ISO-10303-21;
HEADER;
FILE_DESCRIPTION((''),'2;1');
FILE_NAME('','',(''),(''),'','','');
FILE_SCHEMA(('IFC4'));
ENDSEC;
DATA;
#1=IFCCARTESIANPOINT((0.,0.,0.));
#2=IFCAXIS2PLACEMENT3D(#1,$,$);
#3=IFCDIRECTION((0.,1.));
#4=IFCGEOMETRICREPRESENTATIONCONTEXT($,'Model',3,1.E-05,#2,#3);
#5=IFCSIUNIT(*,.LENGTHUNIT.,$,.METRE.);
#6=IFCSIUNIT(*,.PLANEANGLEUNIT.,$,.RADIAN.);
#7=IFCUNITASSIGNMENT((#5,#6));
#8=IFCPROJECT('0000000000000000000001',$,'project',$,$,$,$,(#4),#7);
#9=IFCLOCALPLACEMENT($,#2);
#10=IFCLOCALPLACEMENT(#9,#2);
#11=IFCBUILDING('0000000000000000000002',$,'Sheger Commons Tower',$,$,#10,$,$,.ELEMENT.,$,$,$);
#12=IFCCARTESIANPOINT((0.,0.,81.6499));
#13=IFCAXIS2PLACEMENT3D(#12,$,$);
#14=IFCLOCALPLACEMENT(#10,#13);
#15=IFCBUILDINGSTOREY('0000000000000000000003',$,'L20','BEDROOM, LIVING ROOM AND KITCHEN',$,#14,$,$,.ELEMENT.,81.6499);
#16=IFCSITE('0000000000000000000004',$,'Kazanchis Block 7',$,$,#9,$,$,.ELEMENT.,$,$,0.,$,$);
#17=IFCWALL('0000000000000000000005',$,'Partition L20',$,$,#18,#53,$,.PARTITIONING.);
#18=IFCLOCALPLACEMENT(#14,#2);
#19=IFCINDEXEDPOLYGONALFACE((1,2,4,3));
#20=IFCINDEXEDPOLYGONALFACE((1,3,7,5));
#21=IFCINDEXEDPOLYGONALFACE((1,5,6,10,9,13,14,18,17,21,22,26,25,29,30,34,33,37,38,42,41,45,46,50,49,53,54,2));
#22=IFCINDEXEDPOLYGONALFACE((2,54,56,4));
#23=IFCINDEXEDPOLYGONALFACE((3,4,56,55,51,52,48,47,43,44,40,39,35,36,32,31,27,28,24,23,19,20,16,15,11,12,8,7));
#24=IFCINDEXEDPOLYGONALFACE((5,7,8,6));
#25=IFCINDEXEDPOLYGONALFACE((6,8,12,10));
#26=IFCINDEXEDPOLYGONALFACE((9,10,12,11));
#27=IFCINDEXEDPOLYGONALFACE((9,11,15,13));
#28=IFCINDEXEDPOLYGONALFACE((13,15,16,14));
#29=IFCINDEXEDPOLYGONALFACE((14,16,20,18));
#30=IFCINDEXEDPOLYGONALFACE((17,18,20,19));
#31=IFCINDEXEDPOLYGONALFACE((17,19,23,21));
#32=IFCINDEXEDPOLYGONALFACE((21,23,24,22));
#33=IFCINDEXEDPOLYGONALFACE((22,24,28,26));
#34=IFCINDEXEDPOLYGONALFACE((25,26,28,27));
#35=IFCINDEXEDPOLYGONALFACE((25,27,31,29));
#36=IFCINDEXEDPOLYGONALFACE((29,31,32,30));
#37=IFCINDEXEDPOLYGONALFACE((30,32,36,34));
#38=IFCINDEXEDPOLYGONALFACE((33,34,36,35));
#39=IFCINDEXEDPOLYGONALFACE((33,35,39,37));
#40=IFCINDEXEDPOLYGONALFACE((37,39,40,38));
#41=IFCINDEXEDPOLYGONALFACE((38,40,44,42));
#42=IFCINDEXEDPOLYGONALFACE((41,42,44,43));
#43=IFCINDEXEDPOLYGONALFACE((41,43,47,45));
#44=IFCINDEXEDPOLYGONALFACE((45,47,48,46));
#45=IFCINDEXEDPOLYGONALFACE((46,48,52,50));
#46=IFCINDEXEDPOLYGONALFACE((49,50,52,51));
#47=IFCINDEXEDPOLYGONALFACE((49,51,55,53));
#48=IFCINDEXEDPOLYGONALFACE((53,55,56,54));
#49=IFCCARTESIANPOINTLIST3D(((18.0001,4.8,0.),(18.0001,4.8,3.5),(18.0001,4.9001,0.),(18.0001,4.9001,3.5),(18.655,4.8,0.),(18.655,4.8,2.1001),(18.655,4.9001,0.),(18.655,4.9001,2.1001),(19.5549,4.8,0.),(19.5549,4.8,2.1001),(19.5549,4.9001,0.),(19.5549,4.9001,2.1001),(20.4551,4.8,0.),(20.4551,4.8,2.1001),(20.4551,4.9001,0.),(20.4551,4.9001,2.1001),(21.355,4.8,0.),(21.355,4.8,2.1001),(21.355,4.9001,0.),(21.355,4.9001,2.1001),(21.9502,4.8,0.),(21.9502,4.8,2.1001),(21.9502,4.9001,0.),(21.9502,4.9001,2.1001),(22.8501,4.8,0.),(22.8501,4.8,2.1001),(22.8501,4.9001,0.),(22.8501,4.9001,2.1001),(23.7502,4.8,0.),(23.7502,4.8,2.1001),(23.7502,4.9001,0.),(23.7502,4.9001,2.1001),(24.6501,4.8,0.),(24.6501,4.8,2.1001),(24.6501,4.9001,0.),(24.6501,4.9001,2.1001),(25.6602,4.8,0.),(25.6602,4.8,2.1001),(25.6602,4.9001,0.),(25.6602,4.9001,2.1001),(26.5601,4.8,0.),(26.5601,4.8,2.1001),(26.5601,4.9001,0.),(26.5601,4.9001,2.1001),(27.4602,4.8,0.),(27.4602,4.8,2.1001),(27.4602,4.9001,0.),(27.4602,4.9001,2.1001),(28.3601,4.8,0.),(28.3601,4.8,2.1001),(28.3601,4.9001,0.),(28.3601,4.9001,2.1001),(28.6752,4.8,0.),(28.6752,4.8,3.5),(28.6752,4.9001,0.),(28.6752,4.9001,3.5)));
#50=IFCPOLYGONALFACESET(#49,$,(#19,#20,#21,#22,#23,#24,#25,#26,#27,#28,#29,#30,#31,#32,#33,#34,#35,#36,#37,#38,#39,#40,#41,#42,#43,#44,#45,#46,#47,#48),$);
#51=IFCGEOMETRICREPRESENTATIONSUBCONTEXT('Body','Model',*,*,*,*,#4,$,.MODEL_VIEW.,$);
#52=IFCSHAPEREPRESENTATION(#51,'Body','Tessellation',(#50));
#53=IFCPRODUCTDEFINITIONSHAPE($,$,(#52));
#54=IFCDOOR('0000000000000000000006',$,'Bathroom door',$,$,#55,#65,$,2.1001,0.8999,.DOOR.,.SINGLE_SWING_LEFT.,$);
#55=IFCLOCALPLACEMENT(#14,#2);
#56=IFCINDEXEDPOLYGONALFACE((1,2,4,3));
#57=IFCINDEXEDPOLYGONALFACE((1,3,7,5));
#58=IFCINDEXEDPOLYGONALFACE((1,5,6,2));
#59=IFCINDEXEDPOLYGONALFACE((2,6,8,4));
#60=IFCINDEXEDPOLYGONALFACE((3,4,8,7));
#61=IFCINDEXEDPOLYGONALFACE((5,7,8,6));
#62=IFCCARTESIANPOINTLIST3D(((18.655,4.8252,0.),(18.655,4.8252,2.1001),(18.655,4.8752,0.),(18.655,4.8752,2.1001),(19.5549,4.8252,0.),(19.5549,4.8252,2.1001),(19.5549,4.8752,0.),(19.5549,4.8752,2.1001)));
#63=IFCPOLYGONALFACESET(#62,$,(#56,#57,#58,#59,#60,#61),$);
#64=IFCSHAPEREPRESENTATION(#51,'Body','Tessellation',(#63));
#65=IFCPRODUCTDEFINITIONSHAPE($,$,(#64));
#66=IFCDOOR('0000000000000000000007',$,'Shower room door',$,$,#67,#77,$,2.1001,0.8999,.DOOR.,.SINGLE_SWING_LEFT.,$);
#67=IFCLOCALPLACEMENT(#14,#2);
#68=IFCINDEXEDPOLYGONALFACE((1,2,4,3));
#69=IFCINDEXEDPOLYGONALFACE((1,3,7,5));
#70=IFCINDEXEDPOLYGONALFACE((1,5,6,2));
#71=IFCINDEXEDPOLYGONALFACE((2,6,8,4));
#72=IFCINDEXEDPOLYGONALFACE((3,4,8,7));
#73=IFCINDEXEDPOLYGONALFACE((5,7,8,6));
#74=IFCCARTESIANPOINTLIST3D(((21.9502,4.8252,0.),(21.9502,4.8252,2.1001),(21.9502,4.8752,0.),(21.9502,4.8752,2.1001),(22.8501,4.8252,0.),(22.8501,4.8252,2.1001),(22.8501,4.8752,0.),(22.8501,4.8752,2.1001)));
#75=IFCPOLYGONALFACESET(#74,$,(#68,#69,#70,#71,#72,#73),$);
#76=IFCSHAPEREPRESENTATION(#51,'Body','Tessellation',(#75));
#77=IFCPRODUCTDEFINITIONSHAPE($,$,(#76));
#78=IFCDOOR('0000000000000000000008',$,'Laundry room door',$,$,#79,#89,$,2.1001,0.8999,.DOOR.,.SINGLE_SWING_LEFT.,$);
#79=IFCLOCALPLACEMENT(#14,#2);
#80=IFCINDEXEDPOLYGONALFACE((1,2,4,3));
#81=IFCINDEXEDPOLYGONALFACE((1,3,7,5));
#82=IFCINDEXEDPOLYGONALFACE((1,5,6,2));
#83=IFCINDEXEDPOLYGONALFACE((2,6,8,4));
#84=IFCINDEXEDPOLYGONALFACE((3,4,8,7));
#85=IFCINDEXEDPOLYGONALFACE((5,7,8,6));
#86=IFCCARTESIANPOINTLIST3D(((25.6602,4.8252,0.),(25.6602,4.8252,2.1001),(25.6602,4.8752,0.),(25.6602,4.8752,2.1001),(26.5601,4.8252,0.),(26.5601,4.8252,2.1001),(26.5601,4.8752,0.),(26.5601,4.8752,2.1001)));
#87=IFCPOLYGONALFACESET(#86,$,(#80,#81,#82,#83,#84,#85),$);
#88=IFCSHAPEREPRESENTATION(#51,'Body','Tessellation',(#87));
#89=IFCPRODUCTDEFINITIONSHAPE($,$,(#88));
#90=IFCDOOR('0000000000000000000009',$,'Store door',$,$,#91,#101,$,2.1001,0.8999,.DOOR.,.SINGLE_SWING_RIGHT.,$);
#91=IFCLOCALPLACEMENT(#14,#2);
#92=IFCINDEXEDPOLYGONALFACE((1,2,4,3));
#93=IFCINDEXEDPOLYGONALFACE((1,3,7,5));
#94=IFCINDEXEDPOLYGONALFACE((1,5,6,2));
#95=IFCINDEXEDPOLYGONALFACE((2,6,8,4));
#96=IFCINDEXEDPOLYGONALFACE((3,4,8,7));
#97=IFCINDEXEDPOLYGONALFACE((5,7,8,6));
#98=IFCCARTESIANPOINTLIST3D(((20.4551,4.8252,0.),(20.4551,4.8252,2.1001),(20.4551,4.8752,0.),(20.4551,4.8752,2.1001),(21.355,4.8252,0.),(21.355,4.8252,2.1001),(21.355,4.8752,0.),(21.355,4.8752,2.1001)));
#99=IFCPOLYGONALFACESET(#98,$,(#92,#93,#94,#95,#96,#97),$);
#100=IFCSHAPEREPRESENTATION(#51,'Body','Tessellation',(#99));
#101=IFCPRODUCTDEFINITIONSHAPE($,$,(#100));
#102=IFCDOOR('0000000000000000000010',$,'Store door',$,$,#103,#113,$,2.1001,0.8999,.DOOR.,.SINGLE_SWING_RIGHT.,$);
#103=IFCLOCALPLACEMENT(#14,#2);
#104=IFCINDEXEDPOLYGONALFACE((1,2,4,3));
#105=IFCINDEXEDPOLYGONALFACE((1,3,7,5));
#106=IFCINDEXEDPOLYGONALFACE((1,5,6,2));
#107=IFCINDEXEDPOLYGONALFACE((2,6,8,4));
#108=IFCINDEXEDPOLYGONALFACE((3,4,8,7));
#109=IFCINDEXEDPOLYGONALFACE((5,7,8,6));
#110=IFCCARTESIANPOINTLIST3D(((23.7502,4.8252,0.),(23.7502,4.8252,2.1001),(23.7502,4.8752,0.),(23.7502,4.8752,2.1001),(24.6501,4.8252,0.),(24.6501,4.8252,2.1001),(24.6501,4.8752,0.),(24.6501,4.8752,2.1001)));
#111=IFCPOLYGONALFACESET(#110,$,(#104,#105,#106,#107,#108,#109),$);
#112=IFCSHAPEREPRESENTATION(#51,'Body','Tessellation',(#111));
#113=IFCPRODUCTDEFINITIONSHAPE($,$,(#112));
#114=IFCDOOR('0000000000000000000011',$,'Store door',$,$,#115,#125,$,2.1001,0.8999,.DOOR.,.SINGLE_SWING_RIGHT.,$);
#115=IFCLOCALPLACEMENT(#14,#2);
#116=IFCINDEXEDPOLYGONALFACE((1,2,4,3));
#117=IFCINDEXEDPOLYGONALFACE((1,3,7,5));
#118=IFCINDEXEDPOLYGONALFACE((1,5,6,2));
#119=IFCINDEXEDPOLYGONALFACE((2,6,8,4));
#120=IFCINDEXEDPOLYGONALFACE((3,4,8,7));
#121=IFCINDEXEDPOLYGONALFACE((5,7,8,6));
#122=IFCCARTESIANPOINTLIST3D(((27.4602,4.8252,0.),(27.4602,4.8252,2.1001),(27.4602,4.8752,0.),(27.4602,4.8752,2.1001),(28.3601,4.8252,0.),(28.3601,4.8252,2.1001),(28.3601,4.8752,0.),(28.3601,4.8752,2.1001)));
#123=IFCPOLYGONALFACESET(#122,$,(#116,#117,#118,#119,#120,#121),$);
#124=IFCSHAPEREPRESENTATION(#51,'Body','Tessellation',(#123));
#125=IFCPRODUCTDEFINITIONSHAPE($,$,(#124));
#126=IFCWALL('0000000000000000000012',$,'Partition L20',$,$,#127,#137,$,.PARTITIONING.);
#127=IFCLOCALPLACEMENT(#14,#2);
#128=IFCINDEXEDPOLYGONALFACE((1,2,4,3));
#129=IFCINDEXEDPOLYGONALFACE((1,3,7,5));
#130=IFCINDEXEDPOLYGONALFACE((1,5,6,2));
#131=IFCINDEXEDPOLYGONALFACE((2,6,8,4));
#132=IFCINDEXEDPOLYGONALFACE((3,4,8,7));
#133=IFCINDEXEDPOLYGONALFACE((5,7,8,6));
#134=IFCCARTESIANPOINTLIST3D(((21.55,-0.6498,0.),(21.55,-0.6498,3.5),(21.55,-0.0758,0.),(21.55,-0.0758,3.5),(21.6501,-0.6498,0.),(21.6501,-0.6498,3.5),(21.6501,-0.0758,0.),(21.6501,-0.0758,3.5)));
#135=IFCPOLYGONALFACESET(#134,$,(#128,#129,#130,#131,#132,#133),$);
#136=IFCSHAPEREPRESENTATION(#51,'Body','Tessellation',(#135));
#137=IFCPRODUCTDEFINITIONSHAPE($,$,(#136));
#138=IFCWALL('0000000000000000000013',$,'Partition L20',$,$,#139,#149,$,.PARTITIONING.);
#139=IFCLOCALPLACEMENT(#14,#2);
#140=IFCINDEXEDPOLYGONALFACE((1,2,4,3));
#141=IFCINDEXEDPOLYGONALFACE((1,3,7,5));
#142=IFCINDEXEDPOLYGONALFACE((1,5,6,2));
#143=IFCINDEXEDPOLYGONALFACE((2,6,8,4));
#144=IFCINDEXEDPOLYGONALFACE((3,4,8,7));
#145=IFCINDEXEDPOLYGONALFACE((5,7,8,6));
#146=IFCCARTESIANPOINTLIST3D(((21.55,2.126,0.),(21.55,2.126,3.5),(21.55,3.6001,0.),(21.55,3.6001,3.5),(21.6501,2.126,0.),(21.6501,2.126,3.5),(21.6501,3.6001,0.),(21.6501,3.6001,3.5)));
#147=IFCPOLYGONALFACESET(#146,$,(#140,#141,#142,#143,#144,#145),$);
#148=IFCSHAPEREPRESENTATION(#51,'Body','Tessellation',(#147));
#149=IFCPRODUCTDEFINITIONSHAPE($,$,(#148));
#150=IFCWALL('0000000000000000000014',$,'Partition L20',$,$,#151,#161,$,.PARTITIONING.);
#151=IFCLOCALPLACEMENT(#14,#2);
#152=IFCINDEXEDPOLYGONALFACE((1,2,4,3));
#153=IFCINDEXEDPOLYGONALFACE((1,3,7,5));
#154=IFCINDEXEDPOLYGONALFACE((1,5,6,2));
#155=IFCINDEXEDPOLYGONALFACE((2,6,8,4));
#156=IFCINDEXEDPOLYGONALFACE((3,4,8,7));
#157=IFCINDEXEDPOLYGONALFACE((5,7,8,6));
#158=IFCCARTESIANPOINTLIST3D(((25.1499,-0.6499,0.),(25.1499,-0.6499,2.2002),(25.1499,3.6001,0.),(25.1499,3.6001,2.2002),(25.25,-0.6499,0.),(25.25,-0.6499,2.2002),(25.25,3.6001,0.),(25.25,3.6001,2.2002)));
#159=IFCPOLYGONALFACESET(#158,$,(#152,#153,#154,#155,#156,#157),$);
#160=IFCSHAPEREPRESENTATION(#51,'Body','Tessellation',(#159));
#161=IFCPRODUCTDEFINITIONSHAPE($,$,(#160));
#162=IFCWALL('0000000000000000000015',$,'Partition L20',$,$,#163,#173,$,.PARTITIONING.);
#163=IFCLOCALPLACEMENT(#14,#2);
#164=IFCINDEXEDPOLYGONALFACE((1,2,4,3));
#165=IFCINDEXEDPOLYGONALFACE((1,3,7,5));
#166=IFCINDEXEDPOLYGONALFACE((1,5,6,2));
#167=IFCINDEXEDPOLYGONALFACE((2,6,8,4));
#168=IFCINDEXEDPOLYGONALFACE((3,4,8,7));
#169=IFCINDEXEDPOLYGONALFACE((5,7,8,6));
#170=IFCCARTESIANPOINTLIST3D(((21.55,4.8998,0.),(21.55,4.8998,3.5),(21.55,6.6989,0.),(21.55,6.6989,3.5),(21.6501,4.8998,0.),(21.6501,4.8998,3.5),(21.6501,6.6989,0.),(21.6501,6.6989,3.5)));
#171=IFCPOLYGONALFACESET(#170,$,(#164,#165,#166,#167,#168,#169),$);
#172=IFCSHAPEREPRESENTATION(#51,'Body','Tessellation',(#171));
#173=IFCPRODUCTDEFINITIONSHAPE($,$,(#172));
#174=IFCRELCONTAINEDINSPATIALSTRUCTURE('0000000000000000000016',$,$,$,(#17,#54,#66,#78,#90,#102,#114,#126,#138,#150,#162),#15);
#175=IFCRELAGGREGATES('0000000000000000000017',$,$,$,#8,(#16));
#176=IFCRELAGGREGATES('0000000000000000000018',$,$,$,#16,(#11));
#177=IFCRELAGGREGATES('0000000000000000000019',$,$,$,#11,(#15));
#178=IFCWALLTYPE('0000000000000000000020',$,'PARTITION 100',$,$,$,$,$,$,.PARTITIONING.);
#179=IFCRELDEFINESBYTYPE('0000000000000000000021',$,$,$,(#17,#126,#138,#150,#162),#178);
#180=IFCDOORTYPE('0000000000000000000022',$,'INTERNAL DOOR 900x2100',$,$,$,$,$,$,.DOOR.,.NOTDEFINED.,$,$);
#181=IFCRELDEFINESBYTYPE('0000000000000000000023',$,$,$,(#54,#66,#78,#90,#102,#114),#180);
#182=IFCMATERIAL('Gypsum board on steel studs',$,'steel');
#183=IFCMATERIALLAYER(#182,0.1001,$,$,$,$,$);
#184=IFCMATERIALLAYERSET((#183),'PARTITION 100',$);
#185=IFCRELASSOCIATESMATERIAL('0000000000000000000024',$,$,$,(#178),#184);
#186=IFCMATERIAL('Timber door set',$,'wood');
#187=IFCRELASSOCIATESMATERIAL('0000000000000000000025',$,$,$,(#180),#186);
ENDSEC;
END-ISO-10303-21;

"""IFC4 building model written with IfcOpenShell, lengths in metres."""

from ifc_helpers import new_model, si_unit, direction, frame, frame_2d, origin, place, context, subcontext, project, spatial, rectangle, extrude, material, layer, layer_set, type_object, element, fill, save


model = new_model("IFC4")

# Units and contexts
model_context = context("Model", 3, precision=1e-05, world=origin(), true_north=direction((0.0, 1.0)))
body_context = subcontext(model_context, "Body", "Model", "MODEL_VIEW")
ifc_project = project(units=[si_unit("LENGTHUNIT", "METRE"), si_unit("PLANEANGLEUNIT", "RADIAN")], contexts=[model_context])

# Site, building, storey
site_placement = place(None, origin())
site = spatial("IfcSite", under=ifc_project, at=site_placement, Name="Kazanchis Block 7", CompositionType="ELEMENT", RefElevation=0.0)
building_placement = place(site_placement, origin())
building = spatial("IfcBuilding", under=site, at=building_placement, Name="Sheger Commons Tower", CompositionType="ELEMENT")
storey_placement = place(building_placement, frame((0.0, 0.0, 81.6499)))
storey = spatial("IfcBuildingStorey", under=building, at=storey_placement, Name="L20", Description="BEDROOM, LIVING ROOM AND KITCHEN", CompositionType="ELEMENT", Elevation=81.6499)

# Wall, openings, doors
ifc_material_1 = material(Name="Gypsum board on steel studs", Category="steel")
ifc_layer_1 = layer(ifc_material_1, 0.1001)
ifc_layer_set_1 = layer_set([ifc_layer_1], Name="PARTITION 100")
wall_type = type_object("IfcWallType", Name="PARTITION 100", PredefinedType="PARTITIONING", material=ifc_layer_set_1)
ifc_material_2 = material(Name="Timber door set", Category="wood")
door_type = type_object("IfcDoorType", Name="INTERNAL DOOR 900x2100", OperationType="NOTDEFINED", PredefinedType="DOOR", material=ifc_material_2)
wall_1_placement = place(storey_placement, frame((28.675, 4.8501, 0.0), z_axis=(0.0, 0.0, 1.0), x_axis=(-1.0, 0.0, 0.0)))
wall_1 = element("IfcWall", 1, at=wall_1_placement, inside=storey, type_object=wall_type, Name="Partition L20", PredefinedType="PARTITIONING", context=body_context, shape_type="SweptSolid", body=[
    extrude(rectangle(XDim=10.675, YDim=0.1001, at=frame_2d((5.3374, 0.0))), origin(), (0.0, 0.0, 1.0), 3.5),
])
opening_1_placement = place(wall_1_placement, frame((9.1201, 0.0, 0.0)))
opening_1 = element("IfcOpeningElement", 2, at=opening_1_placement, cuts=wall_1, PredefinedType="OPENING", context=body_context, shape_type="SweptSolid", body=[
    extrude(rectangle(XDim=0.8999, YDim=2.1001, at=frame_2d((0.45, 1.05))), frame((0.0, 0.0601, 0.0), z_axis=(0.0, -1.0, 0.0), x_axis=(1.0, 0.0, 0.0)), (0.0, 0.0, 1.0), 0.1201),
])
opening_2_placement = place(wall_1_placement, frame((5.825, 0.0, 0.0)))
opening_2 = element("IfcOpeningElement", 3, at=opening_2_placement, cuts=wall_1, PredefinedType="OPENING", context=body_context, shape_type="SweptSolid", body=[
    extrude(rectangle(XDim=0.8999, YDim=2.1001, at=frame_2d((0.45, 1.05))), frame((0.0, 0.0601, 0.0), z_axis=(0.0, -1.0, 0.0), x_axis=(1.0, 0.0, 0.0)), (0.0, 0.0, 1.0), 0.1201),
])
opening_3_placement = place(wall_1_placement, frame((2.115, 0.0, 0.0)))
opening_3 = element("IfcOpeningElement", 4, at=opening_3_placement, cuts=wall_1, PredefinedType="OPENING", context=body_context, shape_type="SweptSolid", body=[
    extrude(rectangle(XDim=0.8999, YDim=2.1001, at=frame_2d((0.45, 1.05))), frame((0.0, 0.0601, 0.0), z_axis=(0.0, -1.0, 0.0), x_axis=(1.0, 0.0, 0.0)), (0.0, 0.0, 1.0), 0.1201),
])
opening_4_placement = place(wall_1_placement, frame((7.3201, 0.0, 0.0)))
opening_4 = element("IfcOpeningElement", 5, at=opening_4_placement, cuts=wall_1, PredefinedType="OPENING", context=body_context, shape_type="SweptSolid", body=[
    extrude(rectangle(XDim=0.8999, YDim=2.1001, at=frame_2d((0.45, 1.05))), frame((0.0, 0.0601, 0.0), z_axis=(0.0, -1.0, 0.0), x_axis=(1.0, 0.0, 0.0)), (0.0, 0.0, 1.0), 0.1201),
])
opening_5_placement = place(wall_1_placement, frame((4.0249, 0.0, 0.0)))
opening_5 = element("IfcOpeningElement", 6, at=opening_5_placement, cuts=wall_1, PredefinedType="OPENING", context=body_context, shape_type="SweptSolid", body=[
    extrude(rectangle(XDim=0.8999, YDim=2.1001, at=frame_2d((0.45, 1.05))), frame((0.0, 0.0601, 0.0), z_axis=(0.0, -1.0, 0.0), x_axis=(1.0, 0.0, 0.0)), (0.0, 0.0, 1.0), 0.1201),
])
opening_6_placement = place(wall_1_placement, frame((0.3149, 0.0, 0.0)))
opening_6 = element("IfcOpeningElement", 7, at=opening_6_placement, cuts=wall_1, PredefinedType="OPENING", context=body_context, shape_type="SweptSolid", body=[
    extrude(rectangle(XDim=0.8999, YDim=2.1001, at=frame_2d((0.45, 1.05))), frame((0.0, 0.0601, 0.0), z_axis=(0.0, -1.0, 0.0), x_axis=(1.0, 0.0, 0.0)), (0.0, 0.0, 1.0), 0.1201),
])
door_1_placement = place(opening_1_placement, origin())
door_1 = element("IfcDoor", 8, at=door_1_placement, inside=storey, type_object=door_type, Name="Bathroom door", OperationType="SINGLE_SWING_LEFT", OverallHeight=2.1001, OverallWidth=0.8999, PredefinedType="DOOR", context=body_context, shape_type="SweptSolid", body=[
    extrude(rectangle(XDim=0.8999, YDim=2.1001, at=frame_2d((0.45, 1.05))), frame((0.0, 0.0249, 0.0), z_axis=(0.0, -1.0, 0.0), x_axis=(1.0, 0.0, 0.0)), (0.0, 0.0, 1.0), 0.05),
])
fill(opening_1, door_1)
door_2_placement = place(opening_2_placement, origin())
door_2 = element("IfcDoor", 9, at=door_2_placement, inside=storey, type_object=door_type, Name="Shower room door", OperationType="SINGLE_SWING_LEFT", OverallHeight=2.1001, OverallWidth=0.8999, PredefinedType="DOOR", context=body_context, shape_type="SweptSolid", body=[
    extrude(rectangle(XDim=0.8999, YDim=2.1001, at=frame_2d((0.45, 1.05))), frame((0.0, 0.0249, 0.0), z_axis=(0.0, -1.0, 0.0), x_axis=(1.0, 0.0, 0.0)), (0.0, 0.0, 1.0), 0.05),
])
fill(opening_2, door_2)
door_3_placement = place(opening_3_placement, origin())
door_3 = element("IfcDoor", 10, at=door_3_placement, inside=storey, type_object=door_type, Name="Laundry room door", OperationType="SINGLE_SWING_LEFT", OverallHeight=2.1001, OverallWidth=0.8999, PredefinedType="DOOR", context=body_context, shape_type="SweptSolid", body=[
    extrude(rectangle(XDim=0.8999, YDim=2.1001, at=frame_2d((0.45, 1.05))), frame((0.0, 0.0249, 0.0), z_axis=(0.0, -1.0, 0.0), x_axis=(1.0, 0.0, 0.0)), (0.0, 0.0, 1.0), 0.05),
])
fill(opening_3, door_3)
door_4_placement = place(opening_4_placement, origin())
door_4 = element("IfcDoor", 11, at=door_4_placement, inside=storey, type_object=door_type, Name="Store door", OperationType="SINGLE_SWING_RIGHT", OverallHeight=2.1001, OverallWidth=0.8999, PredefinedType="DOOR", context=body_context, shape_type="SweptSolid", body=[
    extrude(rectangle(XDim=0.8999, YDim=2.1001, at=frame_2d((0.45, 1.05))), frame((0.0, 0.0249, 0.0), z_axis=(0.0, -1.0, 0.0), x_axis=(1.0, 0.0, 0.0)), (0.0, 0.0, 1.0), 0.05),
])
fill(opening_4, door_4)
door_5_placement = place(opening_5_placement, origin())
door_5 = element("IfcDoor", 12, at=door_5_placement, inside=storey, type_object=door_type, Name="Store door", OperationType="SINGLE_SWING_RIGHT", OverallHeight=2.1001, OverallWidth=0.8999, PredefinedType="DOOR", context=body_context, shape_type="SweptSolid", body=[
    extrude(rectangle(XDim=0.8999, YDim=2.1001, at=frame_2d((0.45, 1.05))), frame((0.0, 0.0249, 0.0), z_axis=(0.0, -1.0, 0.0), x_axis=(1.0, 0.0, 0.0)), (0.0, 0.0, 1.0), 0.05),
])
fill(opening_5, door_5)
door_6_placement = place(opening_6_placement, origin())
door_6 = element("IfcDoor", 13, at=door_6_placement, inside=storey, type_object=door_type, Name="Store door", OperationType="SINGLE_SWING_RIGHT", OverallHeight=2.1001, OverallWidth=0.8999, PredefinedType="DOOR", context=body_context, shape_type="SweptSolid", body=[
    extrude(rectangle(XDim=0.8999, YDim=2.1001, at=frame_2d((0.45, 1.05))), frame((0.0, 0.0249, 0.0), z_axis=(0.0, -1.0, 0.0), x_axis=(1.0, 0.0, 0.0)), (0.0, 0.0, 1.0), 0.05),
])
fill(opening_6, door_6)

# Walls
wall_2_placement = place(storey_placement, frame((21.6001, -0.6499, 0.0), z_axis=(0.0, 0.0, 1.0), x_axis=(0.0, 1.0, 0.0)))
element("IfcWall", 14, at=wall_2_placement, inside=storey, type_object=wall_type, Name="Partition L20", PredefinedType="PARTITIONING", context=body_context, shape_type="SweptSolid", body=[
    extrude(rectangle(XDim=0.574, YDim=0.1001, at=frame_2d((0.2871, 0.0))), origin(), (0.0, 0.0, 1.0), 3.5),
])
wall_3_placement = place(storey_placement, frame((21.6001, 2.126, 0.0), z_axis=(0.0, 0.0, 1.0), x_axis=(0.0, 1.0, 0.0)))
element("IfcWall", 15, at=wall_3_placement, inside=storey, type_object=wall_type, Name="Partition L20", PredefinedType="PARTITIONING", context=body_context, shape_type="SweptSolid", body=[
    extrude(rectangle(XDim=1.4741, YDim=0.1001, at=frame_2d((0.7371, 0.0))), origin(), (0.0, 0.0, 1.0), 3.5),
])
wall_4_placement = place(storey_placement, frame((25.2, -0.6499, 0.0), z_axis=(0.0, 0.0, 1.0), x_axis=(0.0, 1.0, 0.0)))
element("IfcWall", 16, at=wall_4_placement, inside=storey, type_object=wall_type, Name="Partition L20", PredefinedType="PARTITIONING", context=body_context, shape_type="SweptSolid", body=[
    extrude(rectangle(XDim=4.25, YDim=0.1001, at=frame_2d((2.125, 0.0))), origin(), (0.0, 0.0, 1.0), 2.2002),
])
wall_5_placement = place(storey_placement, frame((21.6001, 4.8999, 0.0), z_axis=(0.0, 0.0, 1.0), x_axis=(0.0, 1.0, 0.0)))
element("IfcWall", 17, at=wall_5_placement, inside=storey, type_object=wall_type, Name="Partition L20", PredefinedType="PARTITIONING", context=body_context, shape_type="SweptSolid", body=[
    extrude(rectangle(XDim=1.7991, YDim=0.1001, at=frame_2d((0.8994, 0.0))), origin(), (0.0, 0.0, 1.0), 3.5),
])

save(model, "model.ifc")
